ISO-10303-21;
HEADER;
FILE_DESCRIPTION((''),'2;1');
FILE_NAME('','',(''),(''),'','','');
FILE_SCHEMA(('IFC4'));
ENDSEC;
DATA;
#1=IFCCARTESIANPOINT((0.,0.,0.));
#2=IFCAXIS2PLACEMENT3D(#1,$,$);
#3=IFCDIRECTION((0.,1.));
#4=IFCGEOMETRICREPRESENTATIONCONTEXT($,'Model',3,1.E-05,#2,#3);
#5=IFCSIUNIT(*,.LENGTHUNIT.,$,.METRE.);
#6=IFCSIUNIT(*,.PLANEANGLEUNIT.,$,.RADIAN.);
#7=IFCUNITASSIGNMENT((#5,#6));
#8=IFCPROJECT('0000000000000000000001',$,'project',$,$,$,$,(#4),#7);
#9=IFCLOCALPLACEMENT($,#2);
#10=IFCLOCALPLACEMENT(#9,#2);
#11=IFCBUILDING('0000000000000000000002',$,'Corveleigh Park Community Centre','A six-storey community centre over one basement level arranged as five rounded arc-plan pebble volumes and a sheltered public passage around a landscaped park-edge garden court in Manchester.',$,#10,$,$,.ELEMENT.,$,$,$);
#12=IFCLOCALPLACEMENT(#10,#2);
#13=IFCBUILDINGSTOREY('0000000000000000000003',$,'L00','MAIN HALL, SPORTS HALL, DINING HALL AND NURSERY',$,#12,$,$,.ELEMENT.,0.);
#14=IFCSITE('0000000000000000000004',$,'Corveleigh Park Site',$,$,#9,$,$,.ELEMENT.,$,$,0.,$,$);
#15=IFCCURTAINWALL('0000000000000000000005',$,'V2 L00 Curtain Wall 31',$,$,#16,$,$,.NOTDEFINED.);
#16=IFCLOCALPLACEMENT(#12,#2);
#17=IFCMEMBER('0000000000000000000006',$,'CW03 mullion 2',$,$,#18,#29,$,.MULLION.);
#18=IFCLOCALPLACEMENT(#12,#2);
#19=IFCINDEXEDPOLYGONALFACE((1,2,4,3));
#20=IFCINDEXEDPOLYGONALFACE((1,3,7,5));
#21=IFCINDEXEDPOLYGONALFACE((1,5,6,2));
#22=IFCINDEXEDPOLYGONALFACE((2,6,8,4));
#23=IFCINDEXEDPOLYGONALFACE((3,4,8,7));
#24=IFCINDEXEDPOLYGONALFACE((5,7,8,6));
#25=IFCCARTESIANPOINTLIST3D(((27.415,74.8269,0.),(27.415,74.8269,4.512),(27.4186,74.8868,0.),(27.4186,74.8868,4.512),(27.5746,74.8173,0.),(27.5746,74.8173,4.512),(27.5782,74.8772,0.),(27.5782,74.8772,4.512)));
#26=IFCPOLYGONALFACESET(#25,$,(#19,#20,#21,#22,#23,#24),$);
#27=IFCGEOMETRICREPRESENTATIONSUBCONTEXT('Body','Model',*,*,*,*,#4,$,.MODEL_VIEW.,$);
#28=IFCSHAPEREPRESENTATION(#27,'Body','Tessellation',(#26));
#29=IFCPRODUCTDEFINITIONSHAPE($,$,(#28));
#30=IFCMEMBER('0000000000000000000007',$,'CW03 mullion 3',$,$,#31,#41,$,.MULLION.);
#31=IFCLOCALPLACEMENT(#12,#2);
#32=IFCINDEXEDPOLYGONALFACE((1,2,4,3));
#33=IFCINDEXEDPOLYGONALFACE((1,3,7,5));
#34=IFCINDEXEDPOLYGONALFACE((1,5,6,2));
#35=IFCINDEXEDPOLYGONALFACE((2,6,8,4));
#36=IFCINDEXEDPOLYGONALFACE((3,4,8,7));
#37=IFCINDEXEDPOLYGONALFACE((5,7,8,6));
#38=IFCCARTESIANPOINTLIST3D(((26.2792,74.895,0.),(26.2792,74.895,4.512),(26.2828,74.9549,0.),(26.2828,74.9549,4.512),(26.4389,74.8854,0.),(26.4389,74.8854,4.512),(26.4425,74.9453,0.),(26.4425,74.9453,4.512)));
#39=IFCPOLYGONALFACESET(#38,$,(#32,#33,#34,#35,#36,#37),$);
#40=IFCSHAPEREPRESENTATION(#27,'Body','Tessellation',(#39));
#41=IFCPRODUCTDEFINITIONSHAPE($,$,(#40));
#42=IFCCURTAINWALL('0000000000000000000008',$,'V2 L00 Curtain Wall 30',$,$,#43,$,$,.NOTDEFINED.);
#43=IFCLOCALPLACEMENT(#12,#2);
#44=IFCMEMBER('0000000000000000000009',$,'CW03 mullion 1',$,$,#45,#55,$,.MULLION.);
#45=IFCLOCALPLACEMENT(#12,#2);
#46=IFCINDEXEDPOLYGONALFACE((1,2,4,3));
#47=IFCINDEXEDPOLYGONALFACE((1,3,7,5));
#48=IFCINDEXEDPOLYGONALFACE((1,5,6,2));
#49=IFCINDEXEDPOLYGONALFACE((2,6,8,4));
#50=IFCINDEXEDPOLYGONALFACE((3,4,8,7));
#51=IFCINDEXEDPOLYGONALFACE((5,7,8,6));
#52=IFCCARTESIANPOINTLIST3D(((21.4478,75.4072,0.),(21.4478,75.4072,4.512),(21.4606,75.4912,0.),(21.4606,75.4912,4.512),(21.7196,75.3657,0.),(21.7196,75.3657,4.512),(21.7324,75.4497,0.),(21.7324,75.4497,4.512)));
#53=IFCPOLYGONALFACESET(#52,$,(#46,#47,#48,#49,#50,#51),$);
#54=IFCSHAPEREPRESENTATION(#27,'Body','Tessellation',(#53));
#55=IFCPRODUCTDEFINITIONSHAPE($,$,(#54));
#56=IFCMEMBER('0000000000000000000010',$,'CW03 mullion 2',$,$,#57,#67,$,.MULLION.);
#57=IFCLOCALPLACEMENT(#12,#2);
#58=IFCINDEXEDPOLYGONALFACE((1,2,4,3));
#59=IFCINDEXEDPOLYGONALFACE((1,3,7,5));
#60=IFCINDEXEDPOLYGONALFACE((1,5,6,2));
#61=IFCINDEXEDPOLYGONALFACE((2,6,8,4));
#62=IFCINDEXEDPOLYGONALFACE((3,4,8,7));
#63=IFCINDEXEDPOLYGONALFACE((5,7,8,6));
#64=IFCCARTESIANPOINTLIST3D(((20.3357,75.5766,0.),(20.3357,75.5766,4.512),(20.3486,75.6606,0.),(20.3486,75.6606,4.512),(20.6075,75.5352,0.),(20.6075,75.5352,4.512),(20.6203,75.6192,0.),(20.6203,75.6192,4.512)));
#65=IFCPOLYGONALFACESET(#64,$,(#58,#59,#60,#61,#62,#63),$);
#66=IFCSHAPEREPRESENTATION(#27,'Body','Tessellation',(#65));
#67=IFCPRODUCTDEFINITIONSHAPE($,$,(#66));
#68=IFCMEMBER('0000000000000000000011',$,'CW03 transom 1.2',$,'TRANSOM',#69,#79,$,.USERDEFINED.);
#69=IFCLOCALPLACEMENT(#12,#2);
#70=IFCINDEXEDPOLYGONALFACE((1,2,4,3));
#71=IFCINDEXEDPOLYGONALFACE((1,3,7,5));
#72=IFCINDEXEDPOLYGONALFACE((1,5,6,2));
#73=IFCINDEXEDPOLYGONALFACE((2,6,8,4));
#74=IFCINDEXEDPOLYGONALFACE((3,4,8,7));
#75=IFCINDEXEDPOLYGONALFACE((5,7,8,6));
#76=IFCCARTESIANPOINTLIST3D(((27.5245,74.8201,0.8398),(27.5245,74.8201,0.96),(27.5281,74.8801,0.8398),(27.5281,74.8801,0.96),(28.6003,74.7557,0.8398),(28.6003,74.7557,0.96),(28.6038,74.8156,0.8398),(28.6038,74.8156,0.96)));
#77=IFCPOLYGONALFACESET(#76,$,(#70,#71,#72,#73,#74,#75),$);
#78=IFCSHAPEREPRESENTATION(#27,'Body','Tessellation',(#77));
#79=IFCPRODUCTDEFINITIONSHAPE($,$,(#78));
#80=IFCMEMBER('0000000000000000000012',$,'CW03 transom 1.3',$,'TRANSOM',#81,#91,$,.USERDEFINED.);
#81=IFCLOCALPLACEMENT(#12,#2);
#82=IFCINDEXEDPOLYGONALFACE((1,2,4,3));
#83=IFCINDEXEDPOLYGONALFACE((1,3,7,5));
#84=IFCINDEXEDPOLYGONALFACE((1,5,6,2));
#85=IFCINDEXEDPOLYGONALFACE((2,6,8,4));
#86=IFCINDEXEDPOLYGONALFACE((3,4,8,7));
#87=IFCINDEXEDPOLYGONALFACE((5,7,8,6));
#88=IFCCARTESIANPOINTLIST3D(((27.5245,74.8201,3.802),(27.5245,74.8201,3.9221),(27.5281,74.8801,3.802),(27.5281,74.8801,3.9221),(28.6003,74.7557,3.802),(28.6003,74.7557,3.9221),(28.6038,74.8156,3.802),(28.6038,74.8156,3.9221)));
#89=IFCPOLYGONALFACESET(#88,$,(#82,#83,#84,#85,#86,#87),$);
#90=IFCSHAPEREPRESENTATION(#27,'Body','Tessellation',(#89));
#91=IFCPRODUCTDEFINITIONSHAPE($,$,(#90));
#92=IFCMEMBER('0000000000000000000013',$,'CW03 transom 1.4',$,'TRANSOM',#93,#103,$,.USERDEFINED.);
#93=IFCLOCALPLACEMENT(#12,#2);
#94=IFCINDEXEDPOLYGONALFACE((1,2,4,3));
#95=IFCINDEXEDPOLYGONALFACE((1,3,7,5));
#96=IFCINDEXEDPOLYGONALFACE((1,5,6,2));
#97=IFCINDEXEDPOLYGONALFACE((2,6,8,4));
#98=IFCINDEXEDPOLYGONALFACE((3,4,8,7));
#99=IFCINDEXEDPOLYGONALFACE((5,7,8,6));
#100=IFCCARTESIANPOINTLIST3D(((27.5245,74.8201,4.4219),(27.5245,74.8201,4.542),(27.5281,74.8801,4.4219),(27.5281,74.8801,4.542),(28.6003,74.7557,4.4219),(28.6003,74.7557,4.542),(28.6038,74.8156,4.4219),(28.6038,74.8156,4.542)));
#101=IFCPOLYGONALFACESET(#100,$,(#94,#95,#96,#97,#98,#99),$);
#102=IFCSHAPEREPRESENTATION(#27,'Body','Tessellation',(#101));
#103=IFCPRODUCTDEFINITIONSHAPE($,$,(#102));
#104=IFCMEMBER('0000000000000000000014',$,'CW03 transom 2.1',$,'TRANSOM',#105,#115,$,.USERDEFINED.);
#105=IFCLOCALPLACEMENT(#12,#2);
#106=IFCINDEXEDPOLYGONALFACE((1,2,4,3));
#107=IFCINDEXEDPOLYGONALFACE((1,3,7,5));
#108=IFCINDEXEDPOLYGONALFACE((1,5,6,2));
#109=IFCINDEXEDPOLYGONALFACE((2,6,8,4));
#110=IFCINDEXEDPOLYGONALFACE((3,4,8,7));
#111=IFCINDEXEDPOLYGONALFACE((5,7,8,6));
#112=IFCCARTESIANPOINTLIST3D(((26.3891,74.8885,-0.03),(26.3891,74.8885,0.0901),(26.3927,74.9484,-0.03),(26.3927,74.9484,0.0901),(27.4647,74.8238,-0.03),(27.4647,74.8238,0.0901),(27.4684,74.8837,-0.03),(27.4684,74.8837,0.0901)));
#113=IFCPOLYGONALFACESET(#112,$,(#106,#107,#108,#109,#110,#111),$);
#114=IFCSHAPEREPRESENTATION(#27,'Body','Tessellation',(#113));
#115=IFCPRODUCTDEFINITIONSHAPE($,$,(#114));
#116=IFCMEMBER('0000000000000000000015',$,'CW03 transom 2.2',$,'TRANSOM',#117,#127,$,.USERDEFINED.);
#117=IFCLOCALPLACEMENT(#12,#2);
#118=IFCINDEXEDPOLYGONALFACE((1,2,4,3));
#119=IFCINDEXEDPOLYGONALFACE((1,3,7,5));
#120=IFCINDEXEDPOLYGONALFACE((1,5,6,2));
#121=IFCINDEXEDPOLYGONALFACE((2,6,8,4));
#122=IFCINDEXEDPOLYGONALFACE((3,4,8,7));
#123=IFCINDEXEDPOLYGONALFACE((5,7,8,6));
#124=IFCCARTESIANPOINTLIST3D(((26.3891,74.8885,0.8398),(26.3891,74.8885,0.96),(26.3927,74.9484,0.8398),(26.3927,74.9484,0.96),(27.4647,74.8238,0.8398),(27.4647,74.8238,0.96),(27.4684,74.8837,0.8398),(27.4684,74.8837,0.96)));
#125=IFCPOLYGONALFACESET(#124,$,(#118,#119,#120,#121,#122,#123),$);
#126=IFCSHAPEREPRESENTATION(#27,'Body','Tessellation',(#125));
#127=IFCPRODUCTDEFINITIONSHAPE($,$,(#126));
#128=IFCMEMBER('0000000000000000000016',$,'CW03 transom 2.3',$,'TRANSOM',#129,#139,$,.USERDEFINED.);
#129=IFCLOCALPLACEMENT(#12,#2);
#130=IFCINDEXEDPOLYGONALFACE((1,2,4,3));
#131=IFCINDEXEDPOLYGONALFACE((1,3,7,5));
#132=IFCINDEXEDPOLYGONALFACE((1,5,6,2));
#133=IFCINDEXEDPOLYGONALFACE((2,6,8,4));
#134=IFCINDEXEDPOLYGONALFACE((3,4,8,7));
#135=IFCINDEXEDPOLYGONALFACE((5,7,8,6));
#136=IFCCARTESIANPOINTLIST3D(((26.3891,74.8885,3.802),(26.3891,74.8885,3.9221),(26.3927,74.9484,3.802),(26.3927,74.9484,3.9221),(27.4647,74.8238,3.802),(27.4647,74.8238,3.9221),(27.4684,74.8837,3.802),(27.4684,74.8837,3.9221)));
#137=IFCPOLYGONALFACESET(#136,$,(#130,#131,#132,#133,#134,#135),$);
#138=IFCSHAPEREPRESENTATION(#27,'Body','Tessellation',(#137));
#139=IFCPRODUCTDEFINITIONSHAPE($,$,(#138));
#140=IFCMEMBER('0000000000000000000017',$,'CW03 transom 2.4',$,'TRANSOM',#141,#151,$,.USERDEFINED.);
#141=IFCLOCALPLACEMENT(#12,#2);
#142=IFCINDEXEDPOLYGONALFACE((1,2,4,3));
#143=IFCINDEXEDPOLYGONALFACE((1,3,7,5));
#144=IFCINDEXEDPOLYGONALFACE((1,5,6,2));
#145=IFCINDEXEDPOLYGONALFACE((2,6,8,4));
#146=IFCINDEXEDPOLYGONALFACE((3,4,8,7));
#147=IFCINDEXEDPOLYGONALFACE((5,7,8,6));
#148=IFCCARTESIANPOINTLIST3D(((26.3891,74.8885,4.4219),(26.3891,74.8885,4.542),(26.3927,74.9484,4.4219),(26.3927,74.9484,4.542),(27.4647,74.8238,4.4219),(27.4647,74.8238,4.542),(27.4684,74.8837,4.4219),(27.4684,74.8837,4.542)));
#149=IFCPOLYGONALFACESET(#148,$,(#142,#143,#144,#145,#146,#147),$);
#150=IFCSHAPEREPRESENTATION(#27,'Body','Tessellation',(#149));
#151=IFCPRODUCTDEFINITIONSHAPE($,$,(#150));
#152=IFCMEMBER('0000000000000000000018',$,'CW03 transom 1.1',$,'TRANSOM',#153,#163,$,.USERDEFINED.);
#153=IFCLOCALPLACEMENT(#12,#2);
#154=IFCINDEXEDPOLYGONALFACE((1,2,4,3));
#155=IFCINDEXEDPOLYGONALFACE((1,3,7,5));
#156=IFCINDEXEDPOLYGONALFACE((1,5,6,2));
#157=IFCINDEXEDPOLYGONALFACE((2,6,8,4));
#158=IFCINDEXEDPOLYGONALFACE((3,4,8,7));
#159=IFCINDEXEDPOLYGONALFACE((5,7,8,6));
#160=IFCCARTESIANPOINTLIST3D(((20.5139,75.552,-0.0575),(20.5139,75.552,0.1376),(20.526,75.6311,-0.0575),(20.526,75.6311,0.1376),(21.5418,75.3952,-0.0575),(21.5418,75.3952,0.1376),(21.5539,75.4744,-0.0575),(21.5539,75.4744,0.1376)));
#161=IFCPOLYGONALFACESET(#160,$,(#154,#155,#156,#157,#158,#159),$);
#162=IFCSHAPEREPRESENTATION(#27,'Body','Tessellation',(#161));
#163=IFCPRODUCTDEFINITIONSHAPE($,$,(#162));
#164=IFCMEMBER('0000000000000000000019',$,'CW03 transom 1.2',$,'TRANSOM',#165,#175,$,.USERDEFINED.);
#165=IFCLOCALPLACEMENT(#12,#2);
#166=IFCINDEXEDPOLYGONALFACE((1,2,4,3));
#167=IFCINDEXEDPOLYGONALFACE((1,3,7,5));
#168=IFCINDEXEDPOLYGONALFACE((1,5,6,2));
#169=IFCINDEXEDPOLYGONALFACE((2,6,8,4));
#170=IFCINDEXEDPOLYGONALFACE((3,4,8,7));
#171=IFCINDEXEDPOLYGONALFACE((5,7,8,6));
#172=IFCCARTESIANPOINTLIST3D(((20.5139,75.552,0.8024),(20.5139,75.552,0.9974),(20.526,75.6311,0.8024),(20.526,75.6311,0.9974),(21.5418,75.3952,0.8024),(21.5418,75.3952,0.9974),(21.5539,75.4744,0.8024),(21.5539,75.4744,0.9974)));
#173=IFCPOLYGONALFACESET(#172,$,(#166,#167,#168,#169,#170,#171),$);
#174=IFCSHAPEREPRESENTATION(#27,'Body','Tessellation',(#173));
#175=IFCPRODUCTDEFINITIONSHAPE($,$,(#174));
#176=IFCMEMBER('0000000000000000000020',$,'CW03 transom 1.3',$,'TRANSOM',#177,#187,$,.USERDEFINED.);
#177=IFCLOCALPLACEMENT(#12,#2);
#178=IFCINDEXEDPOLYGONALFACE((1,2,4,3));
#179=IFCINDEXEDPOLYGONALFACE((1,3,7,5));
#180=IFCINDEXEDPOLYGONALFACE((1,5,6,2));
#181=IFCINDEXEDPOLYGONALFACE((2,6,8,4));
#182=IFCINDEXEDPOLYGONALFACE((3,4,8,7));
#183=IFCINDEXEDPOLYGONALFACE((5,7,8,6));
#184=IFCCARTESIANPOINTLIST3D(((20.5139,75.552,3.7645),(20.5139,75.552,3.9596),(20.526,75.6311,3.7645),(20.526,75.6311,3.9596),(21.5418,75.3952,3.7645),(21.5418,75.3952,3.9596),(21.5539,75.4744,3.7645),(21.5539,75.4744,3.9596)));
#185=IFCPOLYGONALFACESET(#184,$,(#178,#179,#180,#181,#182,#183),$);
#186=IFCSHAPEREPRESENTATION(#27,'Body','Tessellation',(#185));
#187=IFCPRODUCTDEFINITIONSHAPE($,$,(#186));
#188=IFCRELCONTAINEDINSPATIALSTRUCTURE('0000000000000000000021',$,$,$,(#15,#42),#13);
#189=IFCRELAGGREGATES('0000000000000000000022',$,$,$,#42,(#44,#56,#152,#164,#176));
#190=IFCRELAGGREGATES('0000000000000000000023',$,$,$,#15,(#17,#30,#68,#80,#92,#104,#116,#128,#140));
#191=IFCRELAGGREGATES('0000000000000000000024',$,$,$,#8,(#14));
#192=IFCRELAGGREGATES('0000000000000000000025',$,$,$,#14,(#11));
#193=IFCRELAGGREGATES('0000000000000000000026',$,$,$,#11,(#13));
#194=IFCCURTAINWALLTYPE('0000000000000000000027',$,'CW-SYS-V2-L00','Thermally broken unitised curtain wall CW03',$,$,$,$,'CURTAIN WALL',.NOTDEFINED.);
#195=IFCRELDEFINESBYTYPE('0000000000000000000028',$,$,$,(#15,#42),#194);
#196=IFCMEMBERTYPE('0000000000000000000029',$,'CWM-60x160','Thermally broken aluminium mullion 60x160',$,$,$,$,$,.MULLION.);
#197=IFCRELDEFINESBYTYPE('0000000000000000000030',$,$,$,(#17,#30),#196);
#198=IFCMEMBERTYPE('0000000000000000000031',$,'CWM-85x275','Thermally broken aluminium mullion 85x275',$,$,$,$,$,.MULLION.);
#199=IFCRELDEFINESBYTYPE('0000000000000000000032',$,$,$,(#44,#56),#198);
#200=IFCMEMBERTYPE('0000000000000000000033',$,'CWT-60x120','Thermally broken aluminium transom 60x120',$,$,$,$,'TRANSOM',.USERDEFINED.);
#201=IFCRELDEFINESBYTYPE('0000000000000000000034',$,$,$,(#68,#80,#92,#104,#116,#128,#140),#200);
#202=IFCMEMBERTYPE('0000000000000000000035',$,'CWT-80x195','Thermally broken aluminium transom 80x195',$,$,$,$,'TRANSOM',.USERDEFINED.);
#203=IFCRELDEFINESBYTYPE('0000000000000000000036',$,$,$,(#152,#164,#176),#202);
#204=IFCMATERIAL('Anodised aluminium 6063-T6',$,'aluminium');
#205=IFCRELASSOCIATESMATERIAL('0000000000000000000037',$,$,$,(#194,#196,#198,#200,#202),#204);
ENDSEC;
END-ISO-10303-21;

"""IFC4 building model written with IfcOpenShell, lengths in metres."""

from ifc_helpers import new_model, si_unit, direction, frame, origin, origin_2d, place, context, subcontext, project, spatial, rectangle, extrude, material, material_profile, profile_set, type_object, element, aggregate, save


model = new_model("IFC4")

# Units and contexts
model_context = context("Model", 3, precision=1e-05, world=origin(), true_north=direction((0.0, 1.0)))
body_context = subcontext(model_context, "Body", "Model", "MODEL_VIEW")
ifc_project = project(units=[si_unit("LENGTHUNIT", "METRE"), si_unit("PLANEANGLEUNIT", "RADIAN")], contexts=[model_context])

# Site, building, storey
site_placement = place(None, origin())
site = spatial("IfcSite", under=ifc_project, at=site_placement, Name="Corveleigh Park Site", CompositionType="ELEMENT", RefElevation=0.0)
building_placement = place(site_placement, origin())
building = spatial("IfcBuilding", under=site, at=building_placement, Name="Corveleigh Park Community Centre", Description="A six-storey community centre over one basement level arranged as five rounded arc-plan pebble volumes and a sheltered public passage around a landscaped park-edge garden court in Manchester.", CompositionType="ELEMENT")
storey_placement = place(building_placement, origin())
storey = spatial("IfcBuildingStorey", under=building, at=storey_placement, Name="L00", Description="MAIN HALL, SPORTS HALL, DINING HALL AND NURSERY", CompositionType="ELEMENT", Elevation=0.0)

# Curtain walls, members
ifc_material_1 = material(Name="Anodised aluminium 6063-T6", Category="aluminium")
curtain_wall_type = type_object("IfcCurtainWallType", Name="CW-SYS-V2-L00", Description="Thermally broken unitised curtain wall CW03", ElementType="CURTAIN WALL", PredefinedType="NOTDEFINED", material=ifc_material_1)
curtain_wall_1_placement = place(storey_placement, origin())
curtain_wall_1 = element("IfcCurtainWall", 1, at=curtain_wall_1_placement, inside=storey, type_object=curtain_wall_type, Name="V2 L00 Curtain Wall 31", PredefinedType="NOTDEFINED")
ifc_material_profile_1 = material_profile(ifc_material_1, rectangle(XDim=0.0601, YDim=0.1599, at=origin_2d()), Name="ALU-M60x160", Category="aluminium")
ifc_profile_set_1 = profile_set([ifc_material_profile_1], Name="Anodised aluminium 6063-T6")
member_type_1 = type_object("IfcMemberType", Name="CWM-60x160", Description="Thermally broken aluminium mullion 60x160", PredefinedType="MULLION", material=ifc_profile_set_1)
member_1_placement = place(storey_placement, frame((27.4966, 74.8521, 0.0), z_axis=(0.0, 0.0, 1.0), x_axis=(-0.059952, -0.998201, 0.0)))
member_1 = element("IfcMember", 2, at=member_1_placement, type_object=member_type_1, Name="CW03 mullion 2", PredefinedType="MULLION", context=body_context, shape_type="SweptSolid", body=[
    extrude(rectangle(XDim=0.0601, YDim=0.1599, at=origin_2d()), origin(), (0.0, 0.0, 1.0), 4.512),
])
member_2_placement = place(storey_placement, frame((26.3608, 74.9202, 0.0), z_axis=(0.0, 0.0, 1.0), x_axis=(-0.059952, -0.998201, 0.0)))
member_2 = element("IfcMember", 3, at=member_2_placement, type_object=member_type_1, Name="CW03 mullion 3", PredefinedType="MULLION", context=body_context, shape_type="SweptSolid", body=[
    extrude(rectangle(XDim=0.0601, YDim=0.1599, at=origin_2d()), origin(), (0.0, 0.0, 1.0), 4.512),
])
curtain_wall_2_placement = place(storey_placement, origin())
curtain_wall_2 = element("IfcCurtainWall", 4, at=curtain_wall_2_placement, inside=storey, type_object=curtain_wall_type, Name="V2 L00 Curtain Wall 30", PredefinedType="NOTDEFINED")
ifc_material_profile_2 = material_profile(ifc_material_1, rectangle(XDim=0.085, YDim=0.2749, at=origin_2d()), Name="ALU-M85x275", Category="aluminium")
ifc_profile_set_2 = profile_set([ifc_material_profile_2], Name="Anodised aluminium 6063-T6")
member_type_2 = type_object("IfcMemberType", Name="CWM-85x275", Description="Thermally broken aluminium mullion 85x275", PredefinedType="MULLION", material=ifc_profile_set_2)
member_3_placement = place(storey_placement, frame((21.5901, 75.4285, 0.0), z_axis=(0.0, 0.0, 1.0), x_axis=(-0.15077, -0.988569, 0.0)))
member_3 = element("IfcMember", 5, at=member_3_placement, type_object=member_type_2, Name="CW03 mullion 1", PredefinedType="MULLION", context=body_context, shape_type="SweptSolid", body=[
    extrude(rectangle(XDim=0.085, YDim=0.2749, at=origin_2d()), origin(), (0.0, 0.0, 1.0), 4.512),
])
member_4_placement = place(storey_placement, frame((20.478, 75.5979, 0.0), z_axis=(0.0, 0.0, 1.0), x_axis=(-0.15077, -0.988569, 0.0)))
member_4 = element("IfcMember", 6, at=member_4_placement, type_object=member_type_2, Name="CW03 mullion 2", PredefinedType="MULLION", context=body_context, shape_type="SweptSolid", body=[
    extrude(rectangle(XDim=0.085, YDim=0.2749, at=origin_2d()), origin(), (0.0, 0.0, 1.0), 4.512),
])

# Members
ifc_material_profile_3 = material_profile(ifc_material_1, rectangle(XDim=0.0601, YDim=0.1201, at=origin_2d()), Name="ALU-T60x120", Category="aluminium")
ifc_profile_set_3 = profile_set([ifc_material_profile_3], Name="Anodised aluminium 6063-T6")
member_type_3 = type_object("IfcMemberType", Name="CWT-60x120", Description="Thermally broken aluminium transom 60x120", ElementType="TRANSOM", PredefinedType="USERDEFINED", material=ifc_profile_set_3)
member_5_placement = place(storey_placement, frame((28.6021, 74.7856, 0.8999), z_axis=(-0.99821, 0.059811, 0.0), x_axis=(-0.059811, -0.99821, 0.0)))
member_5 = element("IfcMember", 7, at=member_5_placement, type_object=member_type_3, Name="CW03 transom 1.2", ObjectType="TRANSOM", PredefinedType="USERDEFINED", context=body_context, shape_type="SweptSolid", body=[
    extrude(rectangle(XDim=0.0601, YDim=0.1201, at=origin_2d()), origin(), (0.0, 0.0, 1.0), 1.0776),
])
member_6_placement = place(storey_placement, frame((28.6021, 74.7856, 3.8621), z_axis=(-0.99821, 0.059811, 0.0), x_axis=(-0.059811, -0.99821, 0.0)))
member_6 = element("IfcMember", 8, at=member_6_placement, type_object=member_type_3, Name="CW03 transom 1.3", ObjectType="TRANSOM", PredefinedType="USERDEFINED", context=body_context, shape_type="SweptSolid", body=[
    extrude(rectangle(XDim=0.0601, YDim=0.1201, at=origin_2d()), origin(), (0.0, 0.0, 1.0), 1.0776),
])
member_7_placement = place(storey_placement, frame((28.6021, 74.7856, 4.4819), z_axis=(-0.99821, 0.059811, 0.0), x_axis=(-0.059811, -0.99821, 0.0)))
member_7 = element("IfcMember", 9, at=member_7_placement, type_object=member_type_3, Name="CW03 transom 1.4", ObjectType="TRANSOM", PredefinedType="USERDEFINED", context=body_context, shape_type="SweptSolid", body=[
    extrude(rectangle(XDim=0.0601, YDim=0.1201, at=origin_2d()), origin(), (0.0, 0.0, 1.0), 1.0776),
])
member_8_placement = place(storey_placement, frame((27.4666, 74.8538, 0.03), z_axis=(-0.998196, 0.060037, 0.0), x_axis=(-0.060037, -0.998196, 0.0)))
member_8 = element("IfcMember", 10, at=member_8_placement, type_object=member_type_3, Name="CW03 transom 2.1", ObjectType="TRANSOM", PredefinedType="USERDEFINED", context=body_context, shape_type="SweptSolid", body=[
    extrude(rectangle(XDim=0.0601, YDim=0.1201, at=origin_2d()), origin(), (0.0, 0.0, 1.0), 1.0776),
])
member_9_placement = place(storey_placement, frame((27.4666, 74.8538, 0.8999), z_axis=(-0.998196, 0.060037, 0.0), x_axis=(-0.060037, -0.998196, 0.0)))
member_9 = element("IfcMember", 11, at=member_9_placement, type_object=member_type_3, Name="CW03 transom 2.2", ObjectType="TRANSOM", PredefinedType="USERDEFINED", context=body_context, shape_type="SweptSolid", body=[
    extrude(rectangle(XDim=0.0601, YDim=0.1201, at=origin_2d()), origin(), (0.0, 0.0, 1.0), 1.0776),
])
member_10_placement = place(storey_placement, frame((27.4666, 74.8538, 3.8621), z_axis=(-0.998196, 0.060037, 0.0), x_axis=(-0.060037, -0.998196, 0.0)))
member_10 = element("IfcMember", 12, at=member_10_placement, type_object=member_type_3, Name="CW03 transom 2.3", ObjectType="TRANSOM", PredefinedType="USERDEFINED", context=body_context, shape_type="SweptSolid", body=[
    extrude(rectangle(XDim=0.0601, YDim=0.1201, at=origin_2d()), origin(), (0.0, 0.0, 1.0), 1.0776),
])
member_11_placement = place(storey_placement, frame((27.4666, 74.8538, 4.4819), z_axis=(-0.998196, 0.060037, 0.0), x_axis=(-0.060037, -0.998196, 0.0)))
member_11 = element("IfcMember", 13, at=member_11_placement, type_object=member_type_3, Name="CW03 transom 2.4", ObjectType="TRANSOM", PredefinedType="USERDEFINED", context=body_context, shape_type="SweptSolid", body=[
    extrude(rectangle(XDim=0.0601, YDim=0.1201, at=origin_2d()), origin(), (0.0, 0.0, 1.0), 1.0776),
])
ifc_material_profile_4 = material_profile(ifc_material_1, rectangle(XDim=0.0801, YDim=0.1951, at=origin_2d()), Name="ALU-T80x195", Category="aluminium")
ifc_profile_set_4 = profile_set([ifc_material_profile_4], Name="Anodised aluminium 6063-T6")
member_type_4 = type_object("IfcMemberType", Name="CWT-80x195", Description="Thermally broken aluminium transom 80x195", ElementType="TRANSOM", PredefinedType="USERDEFINED", material=ifc_profile_set_4)
member_12_placement = place(storey_placement, frame((21.5479, 75.4348, 0.04), z_axis=(-0.988572, 0.150751, 0.0), x_axis=(-0.150751, -0.988572, 0.0)))
member_12 = element("IfcMember", 14, at=member_12_placement, type_object=member_type_4, Name="CW03 transom 1.1", ObjectType="TRANSOM", PredefinedType="USERDEFINED", context=body_context, shape_type="SweptSolid", body=[
    extrude(rectangle(XDim=0.0801, YDim=0.1951, at=origin_2d()), origin(), (0.0, 0.0, 1.0), 1.0398),
])
member_13_placement = place(storey_placement, frame((21.5479, 75.4348, 0.8999), z_axis=(-0.988572, 0.150751, 0.0), x_axis=(-0.150751, -0.988572, 0.0)))
member_13 = element("IfcMember", 15, at=member_13_placement, type_object=member_type_4, Name="CW03 transom 1.2", ObjectType="TRANSOM", PredefinedType="USERDEFINED", context=body_context, shape_type="SweptSolid", body=[
    extrude(rectangle(XDim=0.0801, YDim=0.1951, at=origin_2d()), origin(), (0.0, 0.0, 1.0), 1.0398),
])
member_14_placement = place(storey_placement, frame((21.5479, 75.4348, 3.8621), z_axis=(-0.988572, 0.150751, 0.0), x_axis=(-0.150751, -0.988572, 0.0)))
member_14 = element("IfcMember", 16, at=member_14_placement, type_object=member_type_4, Name="CW03 transom 1.3", ObjectType="TRANSOM", PredefinedType="USERDEFINED", context=body_context, shape_type="SweptSolid", body=[
    extrude(rectangle(XDim=0.0801, YDim=0.1951, at=origin_2d()), origin(), (0.0, 0.0, 1.0), 1.0398),
])

aggregate(curtain_wall_2, [member_3, member_4, member_12, member_13, member_14])
aggregate(curtain_wall_1, [member_1, member_2, member_5, member_6, member_7, member_8, member_9, member_10, member_11])

save(model, "model.ifc")
